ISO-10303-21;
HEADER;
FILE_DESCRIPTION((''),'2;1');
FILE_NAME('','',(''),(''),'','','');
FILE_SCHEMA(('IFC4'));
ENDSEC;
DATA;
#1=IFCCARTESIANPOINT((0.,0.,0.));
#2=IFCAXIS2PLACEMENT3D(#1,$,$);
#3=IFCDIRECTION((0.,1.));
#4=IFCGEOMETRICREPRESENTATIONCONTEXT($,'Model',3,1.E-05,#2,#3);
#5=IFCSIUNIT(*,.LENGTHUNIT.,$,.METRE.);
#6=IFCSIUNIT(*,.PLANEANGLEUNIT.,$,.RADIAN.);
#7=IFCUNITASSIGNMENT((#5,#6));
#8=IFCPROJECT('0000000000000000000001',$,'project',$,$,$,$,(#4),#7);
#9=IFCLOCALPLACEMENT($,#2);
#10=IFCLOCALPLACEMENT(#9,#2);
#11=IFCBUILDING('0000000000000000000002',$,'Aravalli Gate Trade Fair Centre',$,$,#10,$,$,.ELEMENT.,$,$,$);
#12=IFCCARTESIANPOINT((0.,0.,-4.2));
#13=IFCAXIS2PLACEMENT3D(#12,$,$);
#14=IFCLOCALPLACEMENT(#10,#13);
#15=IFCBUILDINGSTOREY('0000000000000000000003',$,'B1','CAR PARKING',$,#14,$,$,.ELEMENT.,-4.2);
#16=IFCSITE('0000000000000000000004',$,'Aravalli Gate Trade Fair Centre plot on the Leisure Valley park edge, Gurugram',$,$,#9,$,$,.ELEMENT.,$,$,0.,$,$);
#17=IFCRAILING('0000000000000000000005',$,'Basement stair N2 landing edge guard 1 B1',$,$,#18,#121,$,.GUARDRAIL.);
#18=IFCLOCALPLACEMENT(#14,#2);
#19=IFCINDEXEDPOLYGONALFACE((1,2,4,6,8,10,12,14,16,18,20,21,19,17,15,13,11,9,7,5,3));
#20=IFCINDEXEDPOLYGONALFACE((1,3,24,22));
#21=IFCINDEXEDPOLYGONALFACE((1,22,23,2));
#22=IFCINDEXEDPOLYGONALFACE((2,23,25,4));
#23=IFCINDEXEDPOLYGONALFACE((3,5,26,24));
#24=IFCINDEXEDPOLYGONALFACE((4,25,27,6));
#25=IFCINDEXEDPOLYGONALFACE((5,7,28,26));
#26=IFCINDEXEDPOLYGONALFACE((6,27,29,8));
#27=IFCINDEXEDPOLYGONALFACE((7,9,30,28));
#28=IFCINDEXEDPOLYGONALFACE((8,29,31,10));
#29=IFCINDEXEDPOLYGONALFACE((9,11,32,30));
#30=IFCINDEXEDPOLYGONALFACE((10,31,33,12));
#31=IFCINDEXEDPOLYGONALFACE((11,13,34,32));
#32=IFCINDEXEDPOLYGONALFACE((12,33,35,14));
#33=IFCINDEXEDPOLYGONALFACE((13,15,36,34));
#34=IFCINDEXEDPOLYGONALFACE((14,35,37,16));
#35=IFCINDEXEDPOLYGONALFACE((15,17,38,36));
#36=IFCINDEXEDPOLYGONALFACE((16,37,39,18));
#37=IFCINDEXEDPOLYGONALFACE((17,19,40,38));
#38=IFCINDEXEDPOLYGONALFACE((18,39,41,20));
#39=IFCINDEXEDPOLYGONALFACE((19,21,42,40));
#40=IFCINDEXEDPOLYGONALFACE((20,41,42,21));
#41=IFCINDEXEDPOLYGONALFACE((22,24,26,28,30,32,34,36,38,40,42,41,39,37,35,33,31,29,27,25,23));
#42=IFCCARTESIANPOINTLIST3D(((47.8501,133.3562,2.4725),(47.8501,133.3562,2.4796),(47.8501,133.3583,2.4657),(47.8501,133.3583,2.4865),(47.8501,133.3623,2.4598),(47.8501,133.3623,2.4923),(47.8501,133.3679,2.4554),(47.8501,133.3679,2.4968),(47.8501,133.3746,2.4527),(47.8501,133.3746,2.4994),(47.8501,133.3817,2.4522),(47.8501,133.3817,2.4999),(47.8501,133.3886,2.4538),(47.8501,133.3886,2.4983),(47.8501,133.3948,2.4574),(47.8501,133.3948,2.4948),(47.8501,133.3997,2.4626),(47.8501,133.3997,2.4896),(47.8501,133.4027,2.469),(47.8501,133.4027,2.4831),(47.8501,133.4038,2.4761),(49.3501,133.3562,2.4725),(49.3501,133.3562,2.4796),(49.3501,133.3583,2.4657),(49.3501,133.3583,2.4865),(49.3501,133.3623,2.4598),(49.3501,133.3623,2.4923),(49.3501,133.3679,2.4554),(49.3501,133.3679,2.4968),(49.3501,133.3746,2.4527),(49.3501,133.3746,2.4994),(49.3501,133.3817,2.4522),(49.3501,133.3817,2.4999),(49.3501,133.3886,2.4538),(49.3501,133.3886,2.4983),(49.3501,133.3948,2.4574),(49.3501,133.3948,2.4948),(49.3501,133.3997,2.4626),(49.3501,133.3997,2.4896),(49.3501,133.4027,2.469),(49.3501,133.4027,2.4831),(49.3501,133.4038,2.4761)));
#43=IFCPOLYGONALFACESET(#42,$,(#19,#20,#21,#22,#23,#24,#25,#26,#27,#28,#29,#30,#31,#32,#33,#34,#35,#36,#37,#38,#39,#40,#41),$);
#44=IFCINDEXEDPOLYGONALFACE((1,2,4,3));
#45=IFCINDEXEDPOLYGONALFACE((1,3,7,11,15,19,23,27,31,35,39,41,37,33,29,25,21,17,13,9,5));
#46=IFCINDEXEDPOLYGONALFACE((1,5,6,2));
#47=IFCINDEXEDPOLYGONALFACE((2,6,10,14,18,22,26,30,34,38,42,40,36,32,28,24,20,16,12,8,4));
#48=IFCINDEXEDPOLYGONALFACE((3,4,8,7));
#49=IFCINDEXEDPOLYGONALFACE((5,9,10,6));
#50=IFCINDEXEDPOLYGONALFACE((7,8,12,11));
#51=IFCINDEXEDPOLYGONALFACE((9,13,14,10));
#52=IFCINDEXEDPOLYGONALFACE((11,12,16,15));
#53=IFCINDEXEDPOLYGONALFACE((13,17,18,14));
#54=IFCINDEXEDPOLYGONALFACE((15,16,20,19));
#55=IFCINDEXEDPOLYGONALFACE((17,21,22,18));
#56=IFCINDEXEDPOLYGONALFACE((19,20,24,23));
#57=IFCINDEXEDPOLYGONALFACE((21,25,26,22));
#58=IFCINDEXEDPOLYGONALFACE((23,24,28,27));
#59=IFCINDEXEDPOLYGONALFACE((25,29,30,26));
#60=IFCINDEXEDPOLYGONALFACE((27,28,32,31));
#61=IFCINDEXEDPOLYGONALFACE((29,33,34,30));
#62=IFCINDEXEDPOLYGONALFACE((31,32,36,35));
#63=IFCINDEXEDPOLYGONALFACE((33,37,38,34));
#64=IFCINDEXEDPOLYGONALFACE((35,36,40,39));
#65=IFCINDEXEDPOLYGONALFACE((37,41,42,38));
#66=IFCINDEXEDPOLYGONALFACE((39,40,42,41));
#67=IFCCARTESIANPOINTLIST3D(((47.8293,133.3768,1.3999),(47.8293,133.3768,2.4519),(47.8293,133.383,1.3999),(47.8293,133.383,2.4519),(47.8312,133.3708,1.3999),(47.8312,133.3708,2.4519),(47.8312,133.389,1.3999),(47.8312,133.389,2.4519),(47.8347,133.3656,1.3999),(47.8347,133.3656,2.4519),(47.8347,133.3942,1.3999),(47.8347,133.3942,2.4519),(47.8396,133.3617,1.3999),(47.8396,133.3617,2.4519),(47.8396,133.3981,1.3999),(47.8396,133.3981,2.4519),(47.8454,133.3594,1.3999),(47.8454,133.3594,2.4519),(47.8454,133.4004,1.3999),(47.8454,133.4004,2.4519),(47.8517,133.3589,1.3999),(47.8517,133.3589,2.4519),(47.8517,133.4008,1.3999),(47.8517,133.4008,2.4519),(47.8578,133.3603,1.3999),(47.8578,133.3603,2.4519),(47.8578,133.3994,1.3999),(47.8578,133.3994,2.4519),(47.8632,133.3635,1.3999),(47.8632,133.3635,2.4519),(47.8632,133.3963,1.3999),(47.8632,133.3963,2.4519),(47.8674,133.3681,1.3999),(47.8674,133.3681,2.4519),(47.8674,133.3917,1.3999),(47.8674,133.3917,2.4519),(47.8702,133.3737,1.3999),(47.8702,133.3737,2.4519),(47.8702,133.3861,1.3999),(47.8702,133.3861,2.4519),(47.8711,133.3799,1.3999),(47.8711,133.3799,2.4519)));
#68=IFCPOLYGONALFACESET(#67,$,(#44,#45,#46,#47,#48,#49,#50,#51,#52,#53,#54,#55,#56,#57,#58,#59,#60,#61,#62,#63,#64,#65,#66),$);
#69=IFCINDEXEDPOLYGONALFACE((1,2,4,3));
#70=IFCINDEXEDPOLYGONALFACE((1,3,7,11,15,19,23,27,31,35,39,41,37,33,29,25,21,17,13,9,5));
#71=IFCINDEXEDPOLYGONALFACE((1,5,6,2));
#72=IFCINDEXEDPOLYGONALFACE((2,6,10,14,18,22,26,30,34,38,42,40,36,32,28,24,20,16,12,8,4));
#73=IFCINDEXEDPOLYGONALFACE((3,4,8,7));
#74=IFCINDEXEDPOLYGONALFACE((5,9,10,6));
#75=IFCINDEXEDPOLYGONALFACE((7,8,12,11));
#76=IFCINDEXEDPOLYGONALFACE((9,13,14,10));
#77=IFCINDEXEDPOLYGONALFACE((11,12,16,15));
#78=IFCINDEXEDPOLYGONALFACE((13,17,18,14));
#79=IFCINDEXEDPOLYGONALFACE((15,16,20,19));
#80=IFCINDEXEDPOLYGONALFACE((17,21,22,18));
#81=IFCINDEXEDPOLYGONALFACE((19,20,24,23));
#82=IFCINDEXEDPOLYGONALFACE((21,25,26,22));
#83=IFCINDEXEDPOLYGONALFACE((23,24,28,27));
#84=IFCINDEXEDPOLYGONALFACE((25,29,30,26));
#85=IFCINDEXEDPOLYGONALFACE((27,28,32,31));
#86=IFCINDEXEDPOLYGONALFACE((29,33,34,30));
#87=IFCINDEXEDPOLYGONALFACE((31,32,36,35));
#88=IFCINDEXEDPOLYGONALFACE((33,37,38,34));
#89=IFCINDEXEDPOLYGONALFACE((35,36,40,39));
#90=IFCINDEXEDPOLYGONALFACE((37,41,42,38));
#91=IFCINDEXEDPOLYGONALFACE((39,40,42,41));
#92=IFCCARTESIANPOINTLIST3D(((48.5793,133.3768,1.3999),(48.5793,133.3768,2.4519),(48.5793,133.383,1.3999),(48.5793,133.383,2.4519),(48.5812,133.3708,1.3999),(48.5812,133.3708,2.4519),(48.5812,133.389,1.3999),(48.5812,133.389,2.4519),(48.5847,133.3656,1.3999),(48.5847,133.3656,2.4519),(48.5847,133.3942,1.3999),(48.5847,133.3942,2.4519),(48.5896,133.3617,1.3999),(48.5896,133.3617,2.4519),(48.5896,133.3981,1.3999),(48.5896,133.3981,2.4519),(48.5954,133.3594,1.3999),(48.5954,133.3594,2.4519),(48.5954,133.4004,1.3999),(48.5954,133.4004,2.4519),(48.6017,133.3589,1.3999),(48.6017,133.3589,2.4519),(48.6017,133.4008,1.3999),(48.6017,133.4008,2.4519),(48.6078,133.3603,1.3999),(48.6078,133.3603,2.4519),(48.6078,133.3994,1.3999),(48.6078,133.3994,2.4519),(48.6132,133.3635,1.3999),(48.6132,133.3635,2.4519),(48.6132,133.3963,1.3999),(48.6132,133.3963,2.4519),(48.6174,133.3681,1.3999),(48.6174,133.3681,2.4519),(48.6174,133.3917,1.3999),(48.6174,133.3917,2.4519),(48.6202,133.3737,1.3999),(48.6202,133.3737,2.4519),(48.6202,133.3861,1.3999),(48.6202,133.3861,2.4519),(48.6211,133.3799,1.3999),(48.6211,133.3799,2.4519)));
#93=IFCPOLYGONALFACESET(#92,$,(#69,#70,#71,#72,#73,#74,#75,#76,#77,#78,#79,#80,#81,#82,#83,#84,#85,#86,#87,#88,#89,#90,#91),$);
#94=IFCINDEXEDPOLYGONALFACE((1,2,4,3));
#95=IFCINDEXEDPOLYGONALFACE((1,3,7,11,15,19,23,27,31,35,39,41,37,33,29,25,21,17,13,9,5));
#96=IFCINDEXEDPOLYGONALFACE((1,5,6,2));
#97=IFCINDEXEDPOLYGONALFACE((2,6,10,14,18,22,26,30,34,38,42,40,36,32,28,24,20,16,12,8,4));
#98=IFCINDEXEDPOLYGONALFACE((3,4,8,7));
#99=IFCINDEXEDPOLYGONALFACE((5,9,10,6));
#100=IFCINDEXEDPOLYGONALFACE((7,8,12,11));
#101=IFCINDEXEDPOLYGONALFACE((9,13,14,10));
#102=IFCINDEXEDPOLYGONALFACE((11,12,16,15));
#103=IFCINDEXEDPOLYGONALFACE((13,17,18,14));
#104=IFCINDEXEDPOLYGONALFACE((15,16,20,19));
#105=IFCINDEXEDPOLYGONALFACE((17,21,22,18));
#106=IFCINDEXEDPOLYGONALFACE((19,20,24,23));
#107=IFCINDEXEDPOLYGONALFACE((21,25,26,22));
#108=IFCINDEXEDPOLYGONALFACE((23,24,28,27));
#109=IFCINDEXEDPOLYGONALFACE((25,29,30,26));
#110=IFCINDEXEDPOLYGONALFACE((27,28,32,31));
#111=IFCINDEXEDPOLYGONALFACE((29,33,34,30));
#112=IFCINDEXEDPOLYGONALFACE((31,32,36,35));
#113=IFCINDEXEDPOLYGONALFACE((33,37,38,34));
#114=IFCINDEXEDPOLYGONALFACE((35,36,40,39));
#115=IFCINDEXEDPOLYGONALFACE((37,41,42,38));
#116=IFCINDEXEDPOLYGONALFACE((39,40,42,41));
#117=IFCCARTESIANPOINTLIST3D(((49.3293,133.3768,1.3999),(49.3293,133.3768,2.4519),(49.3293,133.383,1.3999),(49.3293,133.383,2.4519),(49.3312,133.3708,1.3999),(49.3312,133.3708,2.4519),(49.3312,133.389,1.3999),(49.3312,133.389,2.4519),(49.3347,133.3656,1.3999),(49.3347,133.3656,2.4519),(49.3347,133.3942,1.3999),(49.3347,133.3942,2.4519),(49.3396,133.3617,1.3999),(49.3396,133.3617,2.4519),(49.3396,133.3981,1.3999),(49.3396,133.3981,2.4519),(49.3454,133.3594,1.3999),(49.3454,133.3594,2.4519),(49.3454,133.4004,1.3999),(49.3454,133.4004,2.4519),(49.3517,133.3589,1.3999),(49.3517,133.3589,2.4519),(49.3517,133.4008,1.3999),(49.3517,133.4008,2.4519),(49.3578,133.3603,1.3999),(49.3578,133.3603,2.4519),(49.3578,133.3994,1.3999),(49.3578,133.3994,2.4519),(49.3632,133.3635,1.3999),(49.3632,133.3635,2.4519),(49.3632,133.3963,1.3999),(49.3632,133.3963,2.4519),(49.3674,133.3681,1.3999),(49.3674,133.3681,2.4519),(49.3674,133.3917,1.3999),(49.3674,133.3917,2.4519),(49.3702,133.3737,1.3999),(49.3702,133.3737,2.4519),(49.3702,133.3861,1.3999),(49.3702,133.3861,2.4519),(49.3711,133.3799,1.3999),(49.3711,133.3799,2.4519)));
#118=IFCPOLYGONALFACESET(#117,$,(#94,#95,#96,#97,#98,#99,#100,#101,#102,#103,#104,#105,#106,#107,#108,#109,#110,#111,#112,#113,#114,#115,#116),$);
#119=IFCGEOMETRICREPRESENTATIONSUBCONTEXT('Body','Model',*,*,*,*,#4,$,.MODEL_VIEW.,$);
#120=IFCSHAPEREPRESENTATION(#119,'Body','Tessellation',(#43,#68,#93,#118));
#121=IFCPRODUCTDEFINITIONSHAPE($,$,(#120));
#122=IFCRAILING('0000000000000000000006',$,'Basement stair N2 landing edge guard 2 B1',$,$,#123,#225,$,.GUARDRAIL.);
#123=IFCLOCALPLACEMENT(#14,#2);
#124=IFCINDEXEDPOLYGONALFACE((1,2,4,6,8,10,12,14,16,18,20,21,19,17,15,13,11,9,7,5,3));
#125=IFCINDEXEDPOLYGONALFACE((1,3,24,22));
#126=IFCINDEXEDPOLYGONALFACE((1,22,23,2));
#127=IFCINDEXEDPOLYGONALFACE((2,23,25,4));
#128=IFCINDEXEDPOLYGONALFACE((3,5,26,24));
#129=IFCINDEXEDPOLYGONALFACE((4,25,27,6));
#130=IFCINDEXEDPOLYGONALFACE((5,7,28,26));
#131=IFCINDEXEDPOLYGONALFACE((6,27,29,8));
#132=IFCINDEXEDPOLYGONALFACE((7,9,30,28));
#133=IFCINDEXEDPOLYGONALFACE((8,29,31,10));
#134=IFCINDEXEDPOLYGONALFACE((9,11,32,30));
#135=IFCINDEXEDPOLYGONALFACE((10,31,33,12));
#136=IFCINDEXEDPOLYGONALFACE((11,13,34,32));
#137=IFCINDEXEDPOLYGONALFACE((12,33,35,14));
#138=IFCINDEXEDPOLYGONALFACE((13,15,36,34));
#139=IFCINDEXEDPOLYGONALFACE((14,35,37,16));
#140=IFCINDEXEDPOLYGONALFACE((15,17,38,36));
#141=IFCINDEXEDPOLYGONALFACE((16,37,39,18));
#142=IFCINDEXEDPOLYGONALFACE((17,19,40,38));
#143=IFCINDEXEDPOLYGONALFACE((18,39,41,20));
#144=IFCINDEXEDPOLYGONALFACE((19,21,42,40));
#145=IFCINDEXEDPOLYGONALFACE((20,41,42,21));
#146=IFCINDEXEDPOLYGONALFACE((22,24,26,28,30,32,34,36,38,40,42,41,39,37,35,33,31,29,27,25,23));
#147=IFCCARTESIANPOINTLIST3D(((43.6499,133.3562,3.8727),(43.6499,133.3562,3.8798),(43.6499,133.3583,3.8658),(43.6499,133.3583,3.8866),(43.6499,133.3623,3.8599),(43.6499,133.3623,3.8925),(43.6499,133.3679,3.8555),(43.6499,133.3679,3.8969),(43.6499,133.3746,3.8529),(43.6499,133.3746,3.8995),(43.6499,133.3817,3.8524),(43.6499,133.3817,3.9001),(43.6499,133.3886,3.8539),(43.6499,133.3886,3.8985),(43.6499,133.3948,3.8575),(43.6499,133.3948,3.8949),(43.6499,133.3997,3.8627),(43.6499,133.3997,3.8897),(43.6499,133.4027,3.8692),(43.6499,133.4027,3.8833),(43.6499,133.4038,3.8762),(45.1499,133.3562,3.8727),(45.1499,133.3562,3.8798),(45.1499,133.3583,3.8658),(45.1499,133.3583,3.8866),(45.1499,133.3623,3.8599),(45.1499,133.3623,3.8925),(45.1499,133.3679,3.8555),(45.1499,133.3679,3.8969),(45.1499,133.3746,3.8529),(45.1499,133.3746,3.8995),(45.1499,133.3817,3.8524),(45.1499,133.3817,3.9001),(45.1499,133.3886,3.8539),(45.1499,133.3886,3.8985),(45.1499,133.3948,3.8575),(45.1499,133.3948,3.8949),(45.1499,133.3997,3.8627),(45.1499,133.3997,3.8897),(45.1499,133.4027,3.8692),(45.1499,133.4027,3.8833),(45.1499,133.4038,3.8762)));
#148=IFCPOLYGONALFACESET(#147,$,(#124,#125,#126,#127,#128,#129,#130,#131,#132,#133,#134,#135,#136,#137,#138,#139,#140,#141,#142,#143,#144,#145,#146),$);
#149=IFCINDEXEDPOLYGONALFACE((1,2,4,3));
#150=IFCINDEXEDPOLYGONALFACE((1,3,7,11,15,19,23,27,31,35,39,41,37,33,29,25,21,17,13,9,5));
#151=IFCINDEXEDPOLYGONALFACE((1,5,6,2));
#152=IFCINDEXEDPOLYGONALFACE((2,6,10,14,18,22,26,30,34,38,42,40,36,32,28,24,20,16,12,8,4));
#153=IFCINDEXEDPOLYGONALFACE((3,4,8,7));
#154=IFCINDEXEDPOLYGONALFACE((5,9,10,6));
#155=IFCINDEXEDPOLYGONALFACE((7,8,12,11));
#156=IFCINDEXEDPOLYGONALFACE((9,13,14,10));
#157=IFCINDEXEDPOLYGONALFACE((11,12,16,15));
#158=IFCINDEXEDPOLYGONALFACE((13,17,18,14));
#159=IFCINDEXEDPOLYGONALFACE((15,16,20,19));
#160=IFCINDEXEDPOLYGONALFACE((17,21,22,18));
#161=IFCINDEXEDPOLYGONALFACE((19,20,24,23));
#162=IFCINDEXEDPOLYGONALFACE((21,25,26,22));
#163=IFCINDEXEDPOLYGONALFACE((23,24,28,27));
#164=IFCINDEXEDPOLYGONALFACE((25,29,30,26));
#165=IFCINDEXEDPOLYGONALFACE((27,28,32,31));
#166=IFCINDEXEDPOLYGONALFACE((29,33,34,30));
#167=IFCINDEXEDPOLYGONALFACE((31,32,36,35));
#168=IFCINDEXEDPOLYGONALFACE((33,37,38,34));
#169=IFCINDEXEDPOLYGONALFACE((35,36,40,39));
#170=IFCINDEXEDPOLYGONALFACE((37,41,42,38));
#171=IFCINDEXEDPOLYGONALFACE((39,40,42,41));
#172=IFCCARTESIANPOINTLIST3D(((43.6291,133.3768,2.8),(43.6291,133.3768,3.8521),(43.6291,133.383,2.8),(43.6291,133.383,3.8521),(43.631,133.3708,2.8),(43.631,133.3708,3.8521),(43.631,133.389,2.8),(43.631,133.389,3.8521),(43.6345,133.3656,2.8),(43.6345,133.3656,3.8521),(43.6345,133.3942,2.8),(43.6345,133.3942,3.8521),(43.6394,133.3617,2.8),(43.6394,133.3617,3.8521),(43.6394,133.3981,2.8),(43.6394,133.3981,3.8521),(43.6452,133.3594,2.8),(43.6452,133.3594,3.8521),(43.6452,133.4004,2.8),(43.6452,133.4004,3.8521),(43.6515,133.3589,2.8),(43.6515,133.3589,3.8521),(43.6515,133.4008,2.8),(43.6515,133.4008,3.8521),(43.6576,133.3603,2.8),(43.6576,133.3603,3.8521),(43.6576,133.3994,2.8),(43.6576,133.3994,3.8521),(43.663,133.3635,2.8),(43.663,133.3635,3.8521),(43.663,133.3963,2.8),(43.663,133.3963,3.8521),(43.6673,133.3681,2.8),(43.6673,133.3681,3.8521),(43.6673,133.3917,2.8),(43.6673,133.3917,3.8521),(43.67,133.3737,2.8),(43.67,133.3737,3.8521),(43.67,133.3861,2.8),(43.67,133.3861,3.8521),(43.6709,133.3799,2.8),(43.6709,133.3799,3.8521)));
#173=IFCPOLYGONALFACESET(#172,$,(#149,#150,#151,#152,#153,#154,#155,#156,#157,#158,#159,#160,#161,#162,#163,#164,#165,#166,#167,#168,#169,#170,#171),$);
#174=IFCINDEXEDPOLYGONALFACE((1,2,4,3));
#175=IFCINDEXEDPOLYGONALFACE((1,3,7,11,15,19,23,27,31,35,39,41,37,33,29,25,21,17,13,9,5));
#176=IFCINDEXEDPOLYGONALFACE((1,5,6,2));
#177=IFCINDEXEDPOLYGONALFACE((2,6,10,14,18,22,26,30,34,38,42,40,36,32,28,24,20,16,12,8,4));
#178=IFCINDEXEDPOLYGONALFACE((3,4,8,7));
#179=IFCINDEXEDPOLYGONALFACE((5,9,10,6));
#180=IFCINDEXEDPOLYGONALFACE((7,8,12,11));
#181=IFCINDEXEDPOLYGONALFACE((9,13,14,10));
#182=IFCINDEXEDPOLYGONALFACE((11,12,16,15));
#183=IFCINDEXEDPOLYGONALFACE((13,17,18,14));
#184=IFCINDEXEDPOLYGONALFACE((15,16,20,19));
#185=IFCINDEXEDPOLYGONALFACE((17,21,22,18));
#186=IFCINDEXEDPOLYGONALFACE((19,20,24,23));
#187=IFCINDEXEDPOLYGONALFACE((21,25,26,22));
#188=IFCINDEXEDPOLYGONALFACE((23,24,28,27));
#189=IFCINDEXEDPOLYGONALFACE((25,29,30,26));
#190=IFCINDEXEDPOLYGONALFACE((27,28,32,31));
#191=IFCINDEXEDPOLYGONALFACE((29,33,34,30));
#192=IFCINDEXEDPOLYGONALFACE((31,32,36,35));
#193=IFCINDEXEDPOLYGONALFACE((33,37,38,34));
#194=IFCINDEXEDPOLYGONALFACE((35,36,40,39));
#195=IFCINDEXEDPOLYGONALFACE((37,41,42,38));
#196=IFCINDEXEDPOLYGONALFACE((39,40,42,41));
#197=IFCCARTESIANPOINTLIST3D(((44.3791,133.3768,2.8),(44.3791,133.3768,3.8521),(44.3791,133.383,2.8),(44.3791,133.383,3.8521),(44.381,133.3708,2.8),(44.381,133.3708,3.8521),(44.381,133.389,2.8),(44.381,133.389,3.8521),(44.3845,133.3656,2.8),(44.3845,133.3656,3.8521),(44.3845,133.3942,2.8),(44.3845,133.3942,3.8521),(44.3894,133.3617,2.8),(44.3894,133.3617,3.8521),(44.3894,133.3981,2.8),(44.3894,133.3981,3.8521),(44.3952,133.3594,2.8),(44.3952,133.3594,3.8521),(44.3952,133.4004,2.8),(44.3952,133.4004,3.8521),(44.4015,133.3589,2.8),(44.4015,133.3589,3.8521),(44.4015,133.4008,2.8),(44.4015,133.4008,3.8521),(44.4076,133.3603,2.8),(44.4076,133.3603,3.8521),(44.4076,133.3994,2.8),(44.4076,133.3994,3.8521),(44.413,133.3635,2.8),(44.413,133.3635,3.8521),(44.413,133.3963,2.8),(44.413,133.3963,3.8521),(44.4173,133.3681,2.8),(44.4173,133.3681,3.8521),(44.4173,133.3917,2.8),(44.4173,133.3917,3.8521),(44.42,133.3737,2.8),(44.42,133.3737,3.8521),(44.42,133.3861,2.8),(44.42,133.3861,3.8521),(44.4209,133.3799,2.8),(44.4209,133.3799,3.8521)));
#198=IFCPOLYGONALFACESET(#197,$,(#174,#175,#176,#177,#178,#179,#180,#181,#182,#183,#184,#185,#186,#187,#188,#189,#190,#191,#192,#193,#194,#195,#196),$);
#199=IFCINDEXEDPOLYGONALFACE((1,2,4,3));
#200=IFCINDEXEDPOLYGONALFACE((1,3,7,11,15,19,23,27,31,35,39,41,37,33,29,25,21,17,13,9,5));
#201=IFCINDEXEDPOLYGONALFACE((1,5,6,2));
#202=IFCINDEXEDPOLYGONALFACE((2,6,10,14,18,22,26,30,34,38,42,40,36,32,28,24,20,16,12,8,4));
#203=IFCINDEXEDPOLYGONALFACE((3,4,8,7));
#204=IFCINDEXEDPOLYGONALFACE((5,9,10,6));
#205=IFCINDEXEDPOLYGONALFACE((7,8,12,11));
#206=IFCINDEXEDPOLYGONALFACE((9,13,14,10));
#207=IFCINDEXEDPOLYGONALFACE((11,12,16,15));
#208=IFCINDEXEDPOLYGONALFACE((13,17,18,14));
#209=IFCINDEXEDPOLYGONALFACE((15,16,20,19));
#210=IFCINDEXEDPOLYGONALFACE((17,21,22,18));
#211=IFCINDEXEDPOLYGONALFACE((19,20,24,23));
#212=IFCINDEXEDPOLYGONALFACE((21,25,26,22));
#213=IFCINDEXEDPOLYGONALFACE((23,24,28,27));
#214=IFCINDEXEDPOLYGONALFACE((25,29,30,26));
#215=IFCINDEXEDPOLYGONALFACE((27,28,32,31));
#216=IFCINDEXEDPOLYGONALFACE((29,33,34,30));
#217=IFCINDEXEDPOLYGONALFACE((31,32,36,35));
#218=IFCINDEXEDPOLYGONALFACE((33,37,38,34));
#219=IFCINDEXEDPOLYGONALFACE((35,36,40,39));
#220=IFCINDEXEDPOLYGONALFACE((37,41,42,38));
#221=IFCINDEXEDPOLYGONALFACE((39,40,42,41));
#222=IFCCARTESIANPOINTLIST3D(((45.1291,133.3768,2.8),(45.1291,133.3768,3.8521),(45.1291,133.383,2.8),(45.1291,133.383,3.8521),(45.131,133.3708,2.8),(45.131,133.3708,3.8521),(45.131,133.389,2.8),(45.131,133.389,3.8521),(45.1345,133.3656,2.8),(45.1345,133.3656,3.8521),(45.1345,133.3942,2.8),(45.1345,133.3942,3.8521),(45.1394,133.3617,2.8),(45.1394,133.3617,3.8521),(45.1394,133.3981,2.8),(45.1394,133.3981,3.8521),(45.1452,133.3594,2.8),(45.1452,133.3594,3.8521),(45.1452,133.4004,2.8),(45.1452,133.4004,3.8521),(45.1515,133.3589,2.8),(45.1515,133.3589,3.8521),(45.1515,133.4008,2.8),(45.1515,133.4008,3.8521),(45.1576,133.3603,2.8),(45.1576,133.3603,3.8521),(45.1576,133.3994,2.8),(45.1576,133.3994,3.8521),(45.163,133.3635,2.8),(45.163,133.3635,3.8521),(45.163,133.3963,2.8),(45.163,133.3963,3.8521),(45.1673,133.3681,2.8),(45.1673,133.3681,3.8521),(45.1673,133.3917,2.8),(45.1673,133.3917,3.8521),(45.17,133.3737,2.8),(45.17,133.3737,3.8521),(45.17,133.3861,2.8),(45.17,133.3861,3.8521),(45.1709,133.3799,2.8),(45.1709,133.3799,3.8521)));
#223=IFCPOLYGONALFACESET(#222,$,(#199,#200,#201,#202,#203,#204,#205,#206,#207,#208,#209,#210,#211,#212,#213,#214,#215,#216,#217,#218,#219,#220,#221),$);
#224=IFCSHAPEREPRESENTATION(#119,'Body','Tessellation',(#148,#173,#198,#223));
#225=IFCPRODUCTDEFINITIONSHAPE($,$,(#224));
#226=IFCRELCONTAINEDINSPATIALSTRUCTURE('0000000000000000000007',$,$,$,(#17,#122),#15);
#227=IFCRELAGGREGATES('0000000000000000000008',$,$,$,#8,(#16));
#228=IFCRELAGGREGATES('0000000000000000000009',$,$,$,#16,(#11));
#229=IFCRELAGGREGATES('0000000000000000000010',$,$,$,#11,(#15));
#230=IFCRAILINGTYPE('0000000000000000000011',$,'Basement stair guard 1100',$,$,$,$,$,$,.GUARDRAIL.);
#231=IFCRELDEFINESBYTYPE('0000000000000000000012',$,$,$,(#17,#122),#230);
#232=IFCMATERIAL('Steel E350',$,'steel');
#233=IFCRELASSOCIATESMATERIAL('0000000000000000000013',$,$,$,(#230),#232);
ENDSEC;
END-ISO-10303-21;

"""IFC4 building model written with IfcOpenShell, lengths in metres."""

from ifc_helpers import new_model, si_unit, direction, frame, origin, origin_2d, place, context, subcontext, project, spatial, circle, extrude, material, type_object, element, save


model = new_model("IFC4")

# Units and contexts
model_context = context("Model", 3, precision=1e-05, world=origin(), true_north=direction((0.0, 1.0)))
body_context = subcontext(model_context, "Body", "Model", "MODEL_VIEW")
ifc_project = project(units=[si_unit("LENGTHUNIT", "METRE"), si_unit("PLANEANGLEUNIT", "RADIAN")], contexts=[model_context])

# Site, building, storey
site_placement = place(None, origin())
site = spatial("IfcSite", under=ifc_project, at=site_placement, Name="Aravalli Gate Trade Fair Centre plot on the Leisure Valley park edge, Gurugram", CompositionType="ELEMENT", RefElevation=0.0)
building_placement = place(site_placement, origin())
building = spatial("IfcBuilding", under=site, at=building_placement, Name="Aravalli Gate Trade Fair Centre", CompositionType="ELEMENT")
storey_placement = place(building_placement, frame((0.0, 0.0, -4.2)))
storey = spatial("IfcBuildingStorey", under=building, at=storey_placement, Name="B1", Description="CAR PARKING", CompositionType="ELEMENT", Elevation=-4.2)

# Railings
ifc_material_1 = material(Name="Steel E350", Category="steel")
railing_type_1 = type_object("IfcRailingType", Name="Basement stair guard 1100", PredefinedType="GUARDRAIL", material=ifc_material_1)
for number, where, name in (
    (1, (47.8501, 133.3799, 1.3999), "Basement stair N2 landing edge guard 1 B1"),
    (2, (43.6499, 133.3799, 2.8), "Basement stair N2 landing edge guard 2 B1"),
):
    element("IfcRailing", number, at=place(storey_placement, frame(where)), inside=storey, type_object=railing_type_1, Name=name, PredefinedType="GUARDRAIL", context=body_context, shape_type="SweptSolid", body=[
        extrude(circle(Radius=0.0239, at=origin_2d()), frame((0.0, 0.0, 1.0762), z_axis=(1.0, 0.0, 0.0), x_axis=(0.0, 1.0, 0.0)), (0.0, 0.0, 1.0), 1.5),
        extrude(circle(Radius=0.021, at=origin_2d()), origin(), (0.0, 0.0, 1.0), 1.052),
        extrude(circle(Radius=0.021, at=origin_2d()), frame((0.75, 0.0, 0.0)), (0.0, 0.0, 1.0), 1.052),
        extrude(circle(Radius=0.021, at=origin_2d()), frame((1.5, 0.0, 0.0)), (0.0, 0.0, 1.0), 1.052),
    ])

save(model, "model.ifc")
